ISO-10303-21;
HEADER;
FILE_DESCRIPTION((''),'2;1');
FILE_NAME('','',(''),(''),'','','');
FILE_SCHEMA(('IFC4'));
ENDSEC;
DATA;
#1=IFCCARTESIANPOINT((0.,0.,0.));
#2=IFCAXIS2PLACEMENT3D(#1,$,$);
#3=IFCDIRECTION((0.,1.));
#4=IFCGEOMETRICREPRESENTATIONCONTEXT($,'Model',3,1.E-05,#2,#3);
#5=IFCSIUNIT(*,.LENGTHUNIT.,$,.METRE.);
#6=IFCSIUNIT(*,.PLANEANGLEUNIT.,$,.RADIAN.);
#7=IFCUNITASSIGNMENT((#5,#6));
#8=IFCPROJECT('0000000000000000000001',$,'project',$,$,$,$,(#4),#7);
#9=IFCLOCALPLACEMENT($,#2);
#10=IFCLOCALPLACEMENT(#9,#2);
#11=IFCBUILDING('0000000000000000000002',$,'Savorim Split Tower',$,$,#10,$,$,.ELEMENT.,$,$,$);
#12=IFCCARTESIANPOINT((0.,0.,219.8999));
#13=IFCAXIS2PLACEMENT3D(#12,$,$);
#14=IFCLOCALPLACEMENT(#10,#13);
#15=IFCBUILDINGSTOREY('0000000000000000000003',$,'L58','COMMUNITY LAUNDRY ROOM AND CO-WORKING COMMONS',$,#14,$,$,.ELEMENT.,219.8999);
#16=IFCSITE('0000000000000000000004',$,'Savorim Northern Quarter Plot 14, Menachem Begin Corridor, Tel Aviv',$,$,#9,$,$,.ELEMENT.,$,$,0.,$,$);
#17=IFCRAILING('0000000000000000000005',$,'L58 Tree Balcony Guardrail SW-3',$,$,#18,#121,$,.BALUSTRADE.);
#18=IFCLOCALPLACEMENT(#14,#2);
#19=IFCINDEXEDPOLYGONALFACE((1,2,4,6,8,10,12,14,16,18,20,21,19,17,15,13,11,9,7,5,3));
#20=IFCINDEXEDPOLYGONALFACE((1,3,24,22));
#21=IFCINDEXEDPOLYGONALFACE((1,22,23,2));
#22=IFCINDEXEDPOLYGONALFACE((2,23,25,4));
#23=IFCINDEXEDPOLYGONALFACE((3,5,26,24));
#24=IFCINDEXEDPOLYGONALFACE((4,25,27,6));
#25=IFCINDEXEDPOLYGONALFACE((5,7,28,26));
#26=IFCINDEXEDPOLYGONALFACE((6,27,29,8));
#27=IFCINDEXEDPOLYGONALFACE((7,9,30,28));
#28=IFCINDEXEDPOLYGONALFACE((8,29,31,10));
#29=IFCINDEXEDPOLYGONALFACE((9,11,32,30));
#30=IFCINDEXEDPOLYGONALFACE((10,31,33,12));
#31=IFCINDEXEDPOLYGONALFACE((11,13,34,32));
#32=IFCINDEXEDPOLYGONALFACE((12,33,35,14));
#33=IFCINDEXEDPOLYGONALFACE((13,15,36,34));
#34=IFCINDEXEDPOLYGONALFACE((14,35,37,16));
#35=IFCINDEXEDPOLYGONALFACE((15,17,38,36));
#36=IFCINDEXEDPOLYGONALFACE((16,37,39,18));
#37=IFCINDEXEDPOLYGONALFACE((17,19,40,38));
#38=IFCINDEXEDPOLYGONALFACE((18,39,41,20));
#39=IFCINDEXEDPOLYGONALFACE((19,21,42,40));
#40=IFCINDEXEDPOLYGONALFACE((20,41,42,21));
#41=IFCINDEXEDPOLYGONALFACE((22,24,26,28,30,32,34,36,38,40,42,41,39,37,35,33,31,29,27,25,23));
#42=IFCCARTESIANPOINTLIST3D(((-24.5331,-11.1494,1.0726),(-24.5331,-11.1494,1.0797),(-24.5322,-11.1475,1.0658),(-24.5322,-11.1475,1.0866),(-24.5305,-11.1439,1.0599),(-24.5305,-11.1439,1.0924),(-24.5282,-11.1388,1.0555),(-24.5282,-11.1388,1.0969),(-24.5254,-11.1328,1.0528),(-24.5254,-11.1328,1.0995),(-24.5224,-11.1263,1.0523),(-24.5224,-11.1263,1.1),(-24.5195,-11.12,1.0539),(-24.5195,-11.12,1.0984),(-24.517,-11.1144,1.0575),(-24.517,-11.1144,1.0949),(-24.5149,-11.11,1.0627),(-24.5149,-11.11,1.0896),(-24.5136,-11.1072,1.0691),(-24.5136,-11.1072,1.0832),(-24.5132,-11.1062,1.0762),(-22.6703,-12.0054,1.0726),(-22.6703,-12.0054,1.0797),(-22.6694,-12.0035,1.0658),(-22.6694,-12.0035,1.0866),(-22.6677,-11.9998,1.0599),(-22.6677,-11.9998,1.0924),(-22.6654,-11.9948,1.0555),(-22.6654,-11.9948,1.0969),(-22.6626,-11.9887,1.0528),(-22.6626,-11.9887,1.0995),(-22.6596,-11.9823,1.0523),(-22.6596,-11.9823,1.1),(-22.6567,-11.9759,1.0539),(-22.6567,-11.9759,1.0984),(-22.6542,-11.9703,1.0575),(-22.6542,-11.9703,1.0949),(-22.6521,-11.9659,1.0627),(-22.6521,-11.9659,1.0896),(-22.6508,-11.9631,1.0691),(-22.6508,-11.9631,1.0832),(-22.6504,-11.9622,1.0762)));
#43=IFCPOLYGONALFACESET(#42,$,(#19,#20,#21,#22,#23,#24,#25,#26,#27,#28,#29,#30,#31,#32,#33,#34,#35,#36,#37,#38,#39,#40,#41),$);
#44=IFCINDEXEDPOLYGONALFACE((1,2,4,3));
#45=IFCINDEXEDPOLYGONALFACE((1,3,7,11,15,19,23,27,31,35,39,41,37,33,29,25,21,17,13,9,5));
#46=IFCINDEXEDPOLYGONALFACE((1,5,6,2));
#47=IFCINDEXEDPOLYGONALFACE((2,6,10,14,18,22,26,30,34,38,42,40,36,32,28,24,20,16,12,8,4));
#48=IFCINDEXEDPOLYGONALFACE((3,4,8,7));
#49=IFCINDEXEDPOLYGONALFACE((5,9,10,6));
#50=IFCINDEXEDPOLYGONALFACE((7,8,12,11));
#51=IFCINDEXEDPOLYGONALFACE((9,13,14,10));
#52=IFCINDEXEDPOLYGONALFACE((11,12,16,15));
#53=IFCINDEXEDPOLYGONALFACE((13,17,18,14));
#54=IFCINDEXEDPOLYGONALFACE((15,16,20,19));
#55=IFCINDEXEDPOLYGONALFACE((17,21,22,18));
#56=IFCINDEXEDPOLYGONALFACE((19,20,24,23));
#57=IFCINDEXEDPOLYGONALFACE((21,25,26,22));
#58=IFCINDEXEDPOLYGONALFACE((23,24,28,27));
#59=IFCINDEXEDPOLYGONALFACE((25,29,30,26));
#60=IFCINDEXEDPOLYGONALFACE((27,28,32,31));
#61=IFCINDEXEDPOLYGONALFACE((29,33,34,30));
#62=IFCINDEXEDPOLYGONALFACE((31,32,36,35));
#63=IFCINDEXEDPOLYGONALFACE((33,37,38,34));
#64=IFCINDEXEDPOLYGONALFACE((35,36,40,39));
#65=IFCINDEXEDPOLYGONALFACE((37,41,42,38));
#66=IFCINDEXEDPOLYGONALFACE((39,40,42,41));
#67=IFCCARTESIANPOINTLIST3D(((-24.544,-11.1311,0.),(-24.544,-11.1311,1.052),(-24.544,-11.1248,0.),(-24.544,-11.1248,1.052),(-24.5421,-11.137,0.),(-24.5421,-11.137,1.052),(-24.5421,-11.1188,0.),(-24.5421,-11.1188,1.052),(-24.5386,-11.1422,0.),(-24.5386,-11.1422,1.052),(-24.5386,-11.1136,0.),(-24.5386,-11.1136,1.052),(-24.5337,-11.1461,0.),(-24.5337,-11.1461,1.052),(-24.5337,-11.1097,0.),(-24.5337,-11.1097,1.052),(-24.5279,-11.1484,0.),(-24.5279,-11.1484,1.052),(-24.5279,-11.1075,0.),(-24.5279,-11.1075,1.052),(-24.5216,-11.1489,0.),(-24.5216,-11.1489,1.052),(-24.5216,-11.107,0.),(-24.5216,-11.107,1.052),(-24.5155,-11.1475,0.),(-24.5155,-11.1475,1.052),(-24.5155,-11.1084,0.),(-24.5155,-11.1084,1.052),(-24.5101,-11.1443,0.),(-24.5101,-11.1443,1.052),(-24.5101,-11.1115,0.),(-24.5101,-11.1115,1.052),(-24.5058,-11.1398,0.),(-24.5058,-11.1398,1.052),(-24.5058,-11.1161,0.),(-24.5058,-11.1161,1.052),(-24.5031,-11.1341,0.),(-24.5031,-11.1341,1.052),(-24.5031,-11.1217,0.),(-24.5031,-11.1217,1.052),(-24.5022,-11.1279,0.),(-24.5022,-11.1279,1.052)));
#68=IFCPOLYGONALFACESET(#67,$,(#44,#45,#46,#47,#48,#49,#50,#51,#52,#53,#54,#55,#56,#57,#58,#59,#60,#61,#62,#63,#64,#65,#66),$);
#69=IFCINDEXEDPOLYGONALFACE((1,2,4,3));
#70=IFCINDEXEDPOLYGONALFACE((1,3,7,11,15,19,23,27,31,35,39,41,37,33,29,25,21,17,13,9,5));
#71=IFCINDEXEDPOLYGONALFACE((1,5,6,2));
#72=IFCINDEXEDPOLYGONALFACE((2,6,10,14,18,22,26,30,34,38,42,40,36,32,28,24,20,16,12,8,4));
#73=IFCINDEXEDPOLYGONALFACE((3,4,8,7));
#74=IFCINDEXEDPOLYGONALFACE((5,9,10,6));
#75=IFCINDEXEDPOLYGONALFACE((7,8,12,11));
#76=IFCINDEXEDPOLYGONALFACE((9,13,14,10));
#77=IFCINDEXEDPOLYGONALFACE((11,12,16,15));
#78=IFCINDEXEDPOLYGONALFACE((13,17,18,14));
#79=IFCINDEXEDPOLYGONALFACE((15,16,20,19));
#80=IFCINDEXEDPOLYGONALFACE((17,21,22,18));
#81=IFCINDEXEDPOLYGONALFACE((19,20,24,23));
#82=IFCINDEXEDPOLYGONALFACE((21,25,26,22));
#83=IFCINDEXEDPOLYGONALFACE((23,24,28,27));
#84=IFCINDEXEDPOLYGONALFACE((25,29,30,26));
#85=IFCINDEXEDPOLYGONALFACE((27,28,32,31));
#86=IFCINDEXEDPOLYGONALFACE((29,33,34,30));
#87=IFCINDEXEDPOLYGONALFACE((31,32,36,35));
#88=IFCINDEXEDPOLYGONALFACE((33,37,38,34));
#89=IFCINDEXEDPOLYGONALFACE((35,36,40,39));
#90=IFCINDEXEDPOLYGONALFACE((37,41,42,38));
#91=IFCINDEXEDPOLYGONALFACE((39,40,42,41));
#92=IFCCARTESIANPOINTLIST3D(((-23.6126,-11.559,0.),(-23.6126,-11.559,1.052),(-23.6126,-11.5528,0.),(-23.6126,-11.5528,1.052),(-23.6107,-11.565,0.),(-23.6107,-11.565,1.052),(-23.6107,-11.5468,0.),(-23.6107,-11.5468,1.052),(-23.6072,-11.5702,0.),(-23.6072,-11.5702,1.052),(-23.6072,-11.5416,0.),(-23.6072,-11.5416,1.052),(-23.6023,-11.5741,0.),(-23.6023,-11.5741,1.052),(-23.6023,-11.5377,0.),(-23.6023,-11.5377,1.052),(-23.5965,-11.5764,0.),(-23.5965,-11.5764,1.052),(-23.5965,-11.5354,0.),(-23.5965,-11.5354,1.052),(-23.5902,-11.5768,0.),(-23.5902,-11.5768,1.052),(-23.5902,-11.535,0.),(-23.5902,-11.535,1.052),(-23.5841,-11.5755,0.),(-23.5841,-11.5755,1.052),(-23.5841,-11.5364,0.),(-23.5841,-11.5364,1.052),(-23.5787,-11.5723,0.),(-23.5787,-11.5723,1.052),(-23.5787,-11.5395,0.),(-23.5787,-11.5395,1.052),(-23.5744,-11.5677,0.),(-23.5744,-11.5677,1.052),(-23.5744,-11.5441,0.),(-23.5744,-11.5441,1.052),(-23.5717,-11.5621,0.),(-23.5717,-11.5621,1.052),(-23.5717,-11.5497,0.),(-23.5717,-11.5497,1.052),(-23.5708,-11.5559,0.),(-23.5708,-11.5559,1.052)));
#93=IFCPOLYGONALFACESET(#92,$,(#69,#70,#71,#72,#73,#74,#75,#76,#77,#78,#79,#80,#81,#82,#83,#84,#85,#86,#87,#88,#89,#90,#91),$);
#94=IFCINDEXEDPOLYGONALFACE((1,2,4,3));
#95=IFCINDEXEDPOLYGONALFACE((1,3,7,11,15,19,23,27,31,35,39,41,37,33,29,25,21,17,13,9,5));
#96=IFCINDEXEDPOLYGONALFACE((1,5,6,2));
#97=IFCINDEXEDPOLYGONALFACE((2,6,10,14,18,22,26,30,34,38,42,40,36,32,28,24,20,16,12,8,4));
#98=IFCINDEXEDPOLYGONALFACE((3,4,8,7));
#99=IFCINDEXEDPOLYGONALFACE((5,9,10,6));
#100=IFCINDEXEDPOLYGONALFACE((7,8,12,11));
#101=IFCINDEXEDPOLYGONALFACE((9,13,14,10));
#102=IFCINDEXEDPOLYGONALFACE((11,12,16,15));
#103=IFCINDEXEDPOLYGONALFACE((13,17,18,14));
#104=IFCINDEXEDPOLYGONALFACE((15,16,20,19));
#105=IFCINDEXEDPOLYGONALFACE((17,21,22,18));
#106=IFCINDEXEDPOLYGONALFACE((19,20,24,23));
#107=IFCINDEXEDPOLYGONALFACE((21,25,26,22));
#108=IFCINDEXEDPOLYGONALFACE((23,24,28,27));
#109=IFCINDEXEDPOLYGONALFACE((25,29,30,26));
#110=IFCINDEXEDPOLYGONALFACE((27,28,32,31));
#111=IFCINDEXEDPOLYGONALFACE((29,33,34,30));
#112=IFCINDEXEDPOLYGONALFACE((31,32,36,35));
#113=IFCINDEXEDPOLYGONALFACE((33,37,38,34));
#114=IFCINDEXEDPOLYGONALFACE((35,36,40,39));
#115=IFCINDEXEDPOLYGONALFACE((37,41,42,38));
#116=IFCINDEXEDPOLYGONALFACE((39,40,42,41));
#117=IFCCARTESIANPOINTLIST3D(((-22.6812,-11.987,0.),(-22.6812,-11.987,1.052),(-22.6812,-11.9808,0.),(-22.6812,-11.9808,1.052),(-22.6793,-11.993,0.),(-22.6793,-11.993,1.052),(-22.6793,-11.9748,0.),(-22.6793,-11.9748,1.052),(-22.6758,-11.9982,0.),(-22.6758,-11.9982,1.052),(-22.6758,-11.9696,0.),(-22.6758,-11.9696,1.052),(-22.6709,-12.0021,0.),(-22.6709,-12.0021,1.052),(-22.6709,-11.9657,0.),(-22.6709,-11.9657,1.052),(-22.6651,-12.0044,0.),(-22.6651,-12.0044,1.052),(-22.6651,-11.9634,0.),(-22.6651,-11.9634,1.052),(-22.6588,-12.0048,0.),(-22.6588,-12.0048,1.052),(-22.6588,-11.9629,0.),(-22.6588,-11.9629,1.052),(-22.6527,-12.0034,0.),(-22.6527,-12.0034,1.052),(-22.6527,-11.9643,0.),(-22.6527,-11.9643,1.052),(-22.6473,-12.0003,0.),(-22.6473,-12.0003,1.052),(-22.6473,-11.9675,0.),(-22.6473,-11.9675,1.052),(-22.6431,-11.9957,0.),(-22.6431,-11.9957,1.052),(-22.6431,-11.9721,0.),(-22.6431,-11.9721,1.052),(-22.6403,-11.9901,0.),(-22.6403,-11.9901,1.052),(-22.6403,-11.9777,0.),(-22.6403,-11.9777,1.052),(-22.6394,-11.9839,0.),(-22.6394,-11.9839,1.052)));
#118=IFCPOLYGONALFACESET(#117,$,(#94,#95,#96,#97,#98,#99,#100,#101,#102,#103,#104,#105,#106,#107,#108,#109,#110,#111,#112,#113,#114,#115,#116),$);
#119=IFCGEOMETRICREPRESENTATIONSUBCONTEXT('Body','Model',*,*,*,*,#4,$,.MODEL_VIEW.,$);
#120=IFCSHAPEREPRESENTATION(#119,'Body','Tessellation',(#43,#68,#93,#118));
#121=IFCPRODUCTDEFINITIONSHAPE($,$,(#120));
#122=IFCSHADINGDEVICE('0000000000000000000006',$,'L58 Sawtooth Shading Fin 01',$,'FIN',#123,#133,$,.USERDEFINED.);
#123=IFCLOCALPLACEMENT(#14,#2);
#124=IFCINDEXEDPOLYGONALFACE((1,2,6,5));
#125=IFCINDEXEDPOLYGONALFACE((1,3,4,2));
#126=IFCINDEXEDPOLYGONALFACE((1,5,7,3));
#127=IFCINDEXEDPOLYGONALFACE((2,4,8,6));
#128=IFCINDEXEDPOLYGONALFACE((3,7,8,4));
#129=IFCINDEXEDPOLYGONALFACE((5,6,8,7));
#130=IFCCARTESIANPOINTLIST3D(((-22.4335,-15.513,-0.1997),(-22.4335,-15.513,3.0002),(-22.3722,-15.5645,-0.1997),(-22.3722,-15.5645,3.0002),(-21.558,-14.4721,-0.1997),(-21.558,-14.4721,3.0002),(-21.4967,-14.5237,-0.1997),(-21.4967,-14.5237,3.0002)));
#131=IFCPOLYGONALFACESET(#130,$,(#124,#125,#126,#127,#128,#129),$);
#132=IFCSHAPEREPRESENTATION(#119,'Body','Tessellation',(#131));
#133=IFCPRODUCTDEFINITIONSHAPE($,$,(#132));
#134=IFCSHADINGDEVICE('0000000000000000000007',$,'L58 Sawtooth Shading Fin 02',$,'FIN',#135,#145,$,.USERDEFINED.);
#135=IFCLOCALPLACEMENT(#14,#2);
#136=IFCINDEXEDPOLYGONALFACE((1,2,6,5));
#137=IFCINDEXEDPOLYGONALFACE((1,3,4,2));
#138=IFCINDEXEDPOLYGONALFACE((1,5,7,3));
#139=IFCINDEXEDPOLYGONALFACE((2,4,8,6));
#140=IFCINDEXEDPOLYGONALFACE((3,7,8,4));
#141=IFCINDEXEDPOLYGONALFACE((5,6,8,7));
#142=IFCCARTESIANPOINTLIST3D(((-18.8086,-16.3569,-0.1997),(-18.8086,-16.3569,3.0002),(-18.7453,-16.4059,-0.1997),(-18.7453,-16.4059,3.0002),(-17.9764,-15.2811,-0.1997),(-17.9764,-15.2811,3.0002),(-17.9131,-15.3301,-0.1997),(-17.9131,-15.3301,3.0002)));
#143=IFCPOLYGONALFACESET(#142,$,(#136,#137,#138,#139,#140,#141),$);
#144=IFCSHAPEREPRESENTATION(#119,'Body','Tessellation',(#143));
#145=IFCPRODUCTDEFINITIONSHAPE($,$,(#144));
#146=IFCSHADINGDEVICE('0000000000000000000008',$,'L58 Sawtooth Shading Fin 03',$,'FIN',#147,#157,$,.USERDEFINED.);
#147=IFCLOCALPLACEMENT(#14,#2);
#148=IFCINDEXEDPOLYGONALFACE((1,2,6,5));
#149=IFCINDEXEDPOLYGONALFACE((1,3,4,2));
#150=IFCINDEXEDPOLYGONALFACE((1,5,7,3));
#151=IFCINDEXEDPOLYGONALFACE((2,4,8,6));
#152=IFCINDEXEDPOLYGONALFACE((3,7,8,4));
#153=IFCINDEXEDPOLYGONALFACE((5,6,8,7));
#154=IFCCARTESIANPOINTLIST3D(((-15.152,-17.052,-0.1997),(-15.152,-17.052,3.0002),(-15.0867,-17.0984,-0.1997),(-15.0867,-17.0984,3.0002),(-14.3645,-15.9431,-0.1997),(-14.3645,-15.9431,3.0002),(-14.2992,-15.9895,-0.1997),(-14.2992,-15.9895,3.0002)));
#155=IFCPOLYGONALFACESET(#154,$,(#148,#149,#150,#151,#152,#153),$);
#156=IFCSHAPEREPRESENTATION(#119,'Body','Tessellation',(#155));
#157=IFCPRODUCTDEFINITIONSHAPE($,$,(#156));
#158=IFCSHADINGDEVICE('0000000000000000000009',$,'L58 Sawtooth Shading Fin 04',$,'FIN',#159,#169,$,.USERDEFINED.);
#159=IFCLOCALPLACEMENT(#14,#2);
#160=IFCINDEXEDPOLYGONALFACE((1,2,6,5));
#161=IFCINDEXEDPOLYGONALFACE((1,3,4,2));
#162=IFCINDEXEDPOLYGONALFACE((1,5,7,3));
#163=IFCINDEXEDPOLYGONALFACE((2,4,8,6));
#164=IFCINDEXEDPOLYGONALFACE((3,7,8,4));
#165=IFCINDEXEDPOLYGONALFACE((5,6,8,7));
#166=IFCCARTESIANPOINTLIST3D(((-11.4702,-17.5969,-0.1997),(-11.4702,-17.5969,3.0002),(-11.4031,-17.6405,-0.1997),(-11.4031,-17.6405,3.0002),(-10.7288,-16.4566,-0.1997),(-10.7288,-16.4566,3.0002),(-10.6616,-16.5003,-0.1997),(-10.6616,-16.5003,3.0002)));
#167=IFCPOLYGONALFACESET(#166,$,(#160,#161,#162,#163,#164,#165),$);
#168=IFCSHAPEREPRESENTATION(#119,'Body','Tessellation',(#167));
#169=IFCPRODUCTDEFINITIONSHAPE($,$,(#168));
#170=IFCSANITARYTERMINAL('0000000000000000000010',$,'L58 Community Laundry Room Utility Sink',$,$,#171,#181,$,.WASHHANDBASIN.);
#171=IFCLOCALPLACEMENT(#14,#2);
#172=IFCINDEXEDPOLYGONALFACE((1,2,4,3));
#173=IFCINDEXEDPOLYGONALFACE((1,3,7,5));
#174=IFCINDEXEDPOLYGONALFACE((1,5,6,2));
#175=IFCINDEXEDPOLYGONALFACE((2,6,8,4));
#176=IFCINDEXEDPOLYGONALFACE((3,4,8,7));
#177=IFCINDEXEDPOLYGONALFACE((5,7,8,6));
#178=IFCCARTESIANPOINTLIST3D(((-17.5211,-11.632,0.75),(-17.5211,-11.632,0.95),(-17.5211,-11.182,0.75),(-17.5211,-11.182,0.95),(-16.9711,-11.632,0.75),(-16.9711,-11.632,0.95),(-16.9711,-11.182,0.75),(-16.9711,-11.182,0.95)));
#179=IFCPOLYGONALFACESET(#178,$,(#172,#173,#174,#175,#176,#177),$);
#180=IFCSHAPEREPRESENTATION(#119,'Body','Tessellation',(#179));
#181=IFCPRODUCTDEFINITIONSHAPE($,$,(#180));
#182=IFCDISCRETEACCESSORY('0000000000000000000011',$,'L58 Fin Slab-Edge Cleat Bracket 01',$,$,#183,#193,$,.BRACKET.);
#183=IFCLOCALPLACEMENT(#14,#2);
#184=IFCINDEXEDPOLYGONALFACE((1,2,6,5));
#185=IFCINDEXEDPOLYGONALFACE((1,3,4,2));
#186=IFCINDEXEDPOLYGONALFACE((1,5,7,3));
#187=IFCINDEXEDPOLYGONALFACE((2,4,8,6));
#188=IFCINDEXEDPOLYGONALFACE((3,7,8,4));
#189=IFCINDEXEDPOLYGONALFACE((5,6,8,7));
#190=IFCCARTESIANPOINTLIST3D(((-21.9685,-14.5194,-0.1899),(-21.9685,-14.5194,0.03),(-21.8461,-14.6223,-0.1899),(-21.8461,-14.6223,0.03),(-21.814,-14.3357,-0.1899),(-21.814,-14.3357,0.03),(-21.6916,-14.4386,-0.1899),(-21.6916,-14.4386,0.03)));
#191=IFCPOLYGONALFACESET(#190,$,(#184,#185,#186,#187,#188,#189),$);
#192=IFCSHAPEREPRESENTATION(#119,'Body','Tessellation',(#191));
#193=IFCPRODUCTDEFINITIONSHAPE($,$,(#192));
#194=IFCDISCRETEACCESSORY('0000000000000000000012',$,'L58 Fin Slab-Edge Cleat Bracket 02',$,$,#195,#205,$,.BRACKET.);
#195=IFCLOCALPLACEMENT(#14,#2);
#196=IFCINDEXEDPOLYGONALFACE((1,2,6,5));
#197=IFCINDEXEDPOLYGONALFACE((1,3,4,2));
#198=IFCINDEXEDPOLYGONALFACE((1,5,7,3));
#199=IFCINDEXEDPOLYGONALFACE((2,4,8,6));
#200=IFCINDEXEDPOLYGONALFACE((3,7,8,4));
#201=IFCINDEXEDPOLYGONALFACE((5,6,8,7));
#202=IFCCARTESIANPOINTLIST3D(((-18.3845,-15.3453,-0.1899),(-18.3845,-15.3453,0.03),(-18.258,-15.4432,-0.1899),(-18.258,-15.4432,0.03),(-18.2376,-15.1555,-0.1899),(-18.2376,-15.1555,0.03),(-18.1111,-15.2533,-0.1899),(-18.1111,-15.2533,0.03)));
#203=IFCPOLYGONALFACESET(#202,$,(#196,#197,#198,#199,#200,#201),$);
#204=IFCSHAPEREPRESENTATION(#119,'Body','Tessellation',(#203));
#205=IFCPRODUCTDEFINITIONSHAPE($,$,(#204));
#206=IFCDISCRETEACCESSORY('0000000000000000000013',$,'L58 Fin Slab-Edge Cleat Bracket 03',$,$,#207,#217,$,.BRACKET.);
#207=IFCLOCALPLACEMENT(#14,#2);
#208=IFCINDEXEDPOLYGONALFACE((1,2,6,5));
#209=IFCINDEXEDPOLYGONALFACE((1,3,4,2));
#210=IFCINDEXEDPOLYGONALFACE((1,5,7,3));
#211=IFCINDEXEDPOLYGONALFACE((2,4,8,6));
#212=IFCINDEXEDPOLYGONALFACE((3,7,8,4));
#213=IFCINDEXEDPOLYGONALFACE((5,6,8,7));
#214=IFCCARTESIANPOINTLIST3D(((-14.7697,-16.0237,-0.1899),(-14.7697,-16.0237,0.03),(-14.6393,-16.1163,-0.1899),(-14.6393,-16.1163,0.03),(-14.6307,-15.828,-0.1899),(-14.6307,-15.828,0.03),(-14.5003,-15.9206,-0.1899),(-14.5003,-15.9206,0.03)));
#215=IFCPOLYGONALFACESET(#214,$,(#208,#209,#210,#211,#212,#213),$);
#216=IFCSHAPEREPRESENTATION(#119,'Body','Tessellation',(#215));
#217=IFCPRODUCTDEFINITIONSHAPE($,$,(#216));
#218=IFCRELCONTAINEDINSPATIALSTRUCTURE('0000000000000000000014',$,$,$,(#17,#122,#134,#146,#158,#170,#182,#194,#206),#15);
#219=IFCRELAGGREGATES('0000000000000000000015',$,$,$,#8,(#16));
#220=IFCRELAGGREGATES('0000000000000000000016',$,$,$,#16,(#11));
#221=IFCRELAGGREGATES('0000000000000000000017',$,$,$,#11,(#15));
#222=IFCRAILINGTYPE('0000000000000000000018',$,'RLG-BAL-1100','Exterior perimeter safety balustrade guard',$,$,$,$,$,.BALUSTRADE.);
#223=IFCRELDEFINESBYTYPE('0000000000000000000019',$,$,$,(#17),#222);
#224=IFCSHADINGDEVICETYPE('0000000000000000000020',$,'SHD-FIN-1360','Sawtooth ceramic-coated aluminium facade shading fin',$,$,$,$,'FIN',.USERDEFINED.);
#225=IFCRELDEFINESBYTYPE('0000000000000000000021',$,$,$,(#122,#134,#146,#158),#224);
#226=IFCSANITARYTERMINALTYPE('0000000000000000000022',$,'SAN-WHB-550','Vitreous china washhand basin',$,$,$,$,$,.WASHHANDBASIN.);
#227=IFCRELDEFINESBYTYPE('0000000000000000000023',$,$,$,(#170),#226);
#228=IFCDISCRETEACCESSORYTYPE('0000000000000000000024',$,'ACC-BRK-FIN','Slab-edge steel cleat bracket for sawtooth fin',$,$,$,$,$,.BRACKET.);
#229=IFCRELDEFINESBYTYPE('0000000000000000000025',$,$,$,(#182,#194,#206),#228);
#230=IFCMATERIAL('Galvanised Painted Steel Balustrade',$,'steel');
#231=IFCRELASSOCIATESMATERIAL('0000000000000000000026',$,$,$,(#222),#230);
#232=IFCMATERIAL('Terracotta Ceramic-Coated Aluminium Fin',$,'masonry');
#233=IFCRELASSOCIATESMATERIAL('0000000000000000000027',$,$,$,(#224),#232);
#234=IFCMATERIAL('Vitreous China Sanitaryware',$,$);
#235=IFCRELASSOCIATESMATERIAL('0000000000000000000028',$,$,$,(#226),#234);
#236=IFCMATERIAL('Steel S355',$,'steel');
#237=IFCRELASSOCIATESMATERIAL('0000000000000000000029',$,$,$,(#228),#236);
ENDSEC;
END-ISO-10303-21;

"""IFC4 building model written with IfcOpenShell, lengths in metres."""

from ifc_helpers import new_model, si_unit, direction, frame, origin, origin_2d, place, context, subcontext, project, spatial, rectangle, circle, extrude, material, type_object, element, save


model = new_model("IFC4")

# Units and contexts
model_context = context("Model", 3, precision=1e-05, world=origin(), true_north=direction((0.0, 1.0)))
body_context = subcontext(model_context, "Body", "Model", "MODEL_VIEW")
ifc_project = project(units=[si_unit("LENGTHUNIT", "METRE"), si_unit("PLANEANGLEUNIT", "RADIAN")], contexts=[model_context])

# Site, building, storey
site_placement = place(None, origin())
site = spatial("IfcSite", under=ifc_project, at=site_placement, Name="Savorim Northern Quarter Plot 14, Menachem Begin Corridor, Tel Aviv", CompositionType="ELEMENT", RefElevation=0.0)
building_placement = place(site_placement, origin())
building = spatial("IfcBuilding", under=site, at=building_placement, Name="Savorim Split Tower", CompositionType="ELEMENT")
storey_placement = place(building_placement, frame((0.0, 0.0, 219.8999)))
storey = spatial("IfcBuildingStorey", under=building, at=storey_placement, Name="L58", Description="COMMUNITY LAUNDRY ROOM AND CO-WORKING COMMONS", CompositionType="ELEMENT", Elevation=219.8999)

# Shared definitions
ifc_material_1 = material(Name="Steel S355", Category="steel")

# Railing
ifc_material_2 = material(Name="Galvanised Painted Steel Balustrade", Category="steel")
railing_type = type_object("IfcRailingType", Name="RLG-BAL-1100", Description="Exterior perimeter safety balustrade guard", PredefinedType="BALUSTRADE", material=ifc_material_2)
railing_1_placement = place(storey_placement, frame((-24.5232, -11.1279, 0.0)))
element("IfcRailing", 1, at=railing_1_placement, inside=storey, type_object=railing_type, Name="L58 Tree Balcony Guardrail SW-3", PredefinedType="BALUSTRADE", context=body_context, shape_type="SweptSolid", body=[
    extrude(circle(Radius=0.0239, at=origin_2d()), frame((0.0, 0.0, 1.0762), z_axis=(0.908662, -0.417532, 0.0), x_axis=(0.417532, 0.908662, 0.0)), (0.0, 0.0, 1.0), 2.05),
    extrude(circle(Radius=0.021, at=origin_2d()), origin(), (0.0, 0.0, 1.0), 1.052),
    extrude(circle(Radius=0.021, at=origin_2d()), frame((0.9314, -0.428, 0.0)), (0.0, 0.0, 1.0), 1.052),
    extrude(circle(Radius=0.021, at=origin_2d()), frame((1.8628, -0.856, 0.0)), (0.0, 0.0, 1.0), 1.052),
])

# Shading devices
ifc_material_3 = material(Name="Terracotta Ceramic-Coated Aluminium Fin", Category="masonry")
shading_device_type = type_object("IfcShadingDeviceType", Name="SHD-FIN-1360", Description="Sawtooth ceramic-coated aluminium facade shading fin", ElementType="FIN", PredefinedType="USERDEFINED", material=ifc_material_3)
for number, where, z_axis, x_axis, name in (
    (2, (-21.9651, -15.0183, -0.1997), (0.0, 0.0, 1.0), (-0.643719, -0.765262, 0.0), "L58 Sawtooth Shading Fin 01"),
    (3, (-18.3608, -15.8435, -0.1997), (0.0, 0.0, 1.0), (-0.611868, -0.79096, 0.0), "L58 Sawtooth Shading Fin 02"),
    (4, (-14.7256, -16.5208, -0.1997), (0.0, 0.0, 1.0), (-0.578994, -0.815332, 0.0), "L58 Sawtooth Shading Fin 03"),
    (5, (-11.0659, -17.0486, -0.1997), (0.0, 0.0, 1.0), (-0.545148, -0.83834, 0.0), "L58 Sawtooth Shading Fin 04"),
):
    element("IfcShadingDevice", number, at=place(storey_placement, frame(where, z_axis=z_axis, x_axis=x_axis)), inside=storey, type_object=shading_device_type, Name=name, ObjectType="FIN", PredefinedType="USERDEFINED", context=body_context, shape_type="SweptSolid", body=[
        extrude(rectangle(XDim=1.3601, YDim=0.0801, at=origin_2d()), origin(), (0.0, 0.0, 1.0), 3.2),
    ])

# Sanitary terminal
ifc_material_4 = material(Name="Vitreous China Sanitaryware")
sanitary_terminal_type = type_object("IfcSanitaryTerminalType", Name="SAN-WHB-550", Description="Vitreous china washhand basin", PredefinedType="WASHHANDBASIN", material=ifc_material_4)
sanitary_terminal_placement = place(storey_placement, frame((-17.2461, -11.407, 0.75), z_axis=(0.0, 0.0, 1.0), x_axis=(1.0, 0.0, 0.0)))
element("IfcSanitaryTerminal", 6, at=sanitary_terminal_placement, inside=storey, type_object=sanitary_terminal_type, Name="L58 Community Laundry Room Utility Sink", PredefinedType="WASHHANDBASIN", context=body_context, shape_type="SweptSolid", body=[
    extrude(rectangle(XDim=0.55, YDim=0.45, at=origin_2d()), origin(), (0.0, 0.0, 1.0), 0.2),
])

# Discrete accessories
discrete_accessory_type_1 = type_object("IfcDiscreteAccessoryType", Name="ACC-BRK-FIN", Description="Slab-edge steel cleat bracket for sawtooth fin", PredefinedType="BRACKET", material=ifc_material_1)
for number, where, z_axis, x_axis, name in (
    (7, (-21.8301, -14.479, -0.1899), (0.0, 0.0, 1.0), (-0.643719, -0.765262, 0.0), "L58 Fin Slab-Edge Cleat Bracket 01"),
    (8, (-18.2478, -15.2993, -0.1899), (0.0, 0.0, 1.0), (-0.611868, -0.79096, 0.0), "L58 Fin Slab-Edge Cleat Bracket 02"),
    (9, (-14.635, -15.9722, -0.1899), (0.0, 0.0, 1.0), (-0.578994, -0.815332, 0.0), "L58 Fin Slab-Edge Cleat Bracket 03"),
):
    element("IfcDiscreteAccessory", number, at=place(storey_placement, frame(where, z_axis=z_axis, x_axis=x_axis)), inside=storey, type_object=discrete_accessory_type_1, Name=name, PredefinedType="BRACKET", context=body_context, shape_type="SweptSolid", body=[
        extrude(rectangle(XDim=0.24, YDim=0.1599, at=origin_2d()), origin(), (0.0, 0.0, 1.0), 0.22),
    ])

save(model, "model.ifc")
